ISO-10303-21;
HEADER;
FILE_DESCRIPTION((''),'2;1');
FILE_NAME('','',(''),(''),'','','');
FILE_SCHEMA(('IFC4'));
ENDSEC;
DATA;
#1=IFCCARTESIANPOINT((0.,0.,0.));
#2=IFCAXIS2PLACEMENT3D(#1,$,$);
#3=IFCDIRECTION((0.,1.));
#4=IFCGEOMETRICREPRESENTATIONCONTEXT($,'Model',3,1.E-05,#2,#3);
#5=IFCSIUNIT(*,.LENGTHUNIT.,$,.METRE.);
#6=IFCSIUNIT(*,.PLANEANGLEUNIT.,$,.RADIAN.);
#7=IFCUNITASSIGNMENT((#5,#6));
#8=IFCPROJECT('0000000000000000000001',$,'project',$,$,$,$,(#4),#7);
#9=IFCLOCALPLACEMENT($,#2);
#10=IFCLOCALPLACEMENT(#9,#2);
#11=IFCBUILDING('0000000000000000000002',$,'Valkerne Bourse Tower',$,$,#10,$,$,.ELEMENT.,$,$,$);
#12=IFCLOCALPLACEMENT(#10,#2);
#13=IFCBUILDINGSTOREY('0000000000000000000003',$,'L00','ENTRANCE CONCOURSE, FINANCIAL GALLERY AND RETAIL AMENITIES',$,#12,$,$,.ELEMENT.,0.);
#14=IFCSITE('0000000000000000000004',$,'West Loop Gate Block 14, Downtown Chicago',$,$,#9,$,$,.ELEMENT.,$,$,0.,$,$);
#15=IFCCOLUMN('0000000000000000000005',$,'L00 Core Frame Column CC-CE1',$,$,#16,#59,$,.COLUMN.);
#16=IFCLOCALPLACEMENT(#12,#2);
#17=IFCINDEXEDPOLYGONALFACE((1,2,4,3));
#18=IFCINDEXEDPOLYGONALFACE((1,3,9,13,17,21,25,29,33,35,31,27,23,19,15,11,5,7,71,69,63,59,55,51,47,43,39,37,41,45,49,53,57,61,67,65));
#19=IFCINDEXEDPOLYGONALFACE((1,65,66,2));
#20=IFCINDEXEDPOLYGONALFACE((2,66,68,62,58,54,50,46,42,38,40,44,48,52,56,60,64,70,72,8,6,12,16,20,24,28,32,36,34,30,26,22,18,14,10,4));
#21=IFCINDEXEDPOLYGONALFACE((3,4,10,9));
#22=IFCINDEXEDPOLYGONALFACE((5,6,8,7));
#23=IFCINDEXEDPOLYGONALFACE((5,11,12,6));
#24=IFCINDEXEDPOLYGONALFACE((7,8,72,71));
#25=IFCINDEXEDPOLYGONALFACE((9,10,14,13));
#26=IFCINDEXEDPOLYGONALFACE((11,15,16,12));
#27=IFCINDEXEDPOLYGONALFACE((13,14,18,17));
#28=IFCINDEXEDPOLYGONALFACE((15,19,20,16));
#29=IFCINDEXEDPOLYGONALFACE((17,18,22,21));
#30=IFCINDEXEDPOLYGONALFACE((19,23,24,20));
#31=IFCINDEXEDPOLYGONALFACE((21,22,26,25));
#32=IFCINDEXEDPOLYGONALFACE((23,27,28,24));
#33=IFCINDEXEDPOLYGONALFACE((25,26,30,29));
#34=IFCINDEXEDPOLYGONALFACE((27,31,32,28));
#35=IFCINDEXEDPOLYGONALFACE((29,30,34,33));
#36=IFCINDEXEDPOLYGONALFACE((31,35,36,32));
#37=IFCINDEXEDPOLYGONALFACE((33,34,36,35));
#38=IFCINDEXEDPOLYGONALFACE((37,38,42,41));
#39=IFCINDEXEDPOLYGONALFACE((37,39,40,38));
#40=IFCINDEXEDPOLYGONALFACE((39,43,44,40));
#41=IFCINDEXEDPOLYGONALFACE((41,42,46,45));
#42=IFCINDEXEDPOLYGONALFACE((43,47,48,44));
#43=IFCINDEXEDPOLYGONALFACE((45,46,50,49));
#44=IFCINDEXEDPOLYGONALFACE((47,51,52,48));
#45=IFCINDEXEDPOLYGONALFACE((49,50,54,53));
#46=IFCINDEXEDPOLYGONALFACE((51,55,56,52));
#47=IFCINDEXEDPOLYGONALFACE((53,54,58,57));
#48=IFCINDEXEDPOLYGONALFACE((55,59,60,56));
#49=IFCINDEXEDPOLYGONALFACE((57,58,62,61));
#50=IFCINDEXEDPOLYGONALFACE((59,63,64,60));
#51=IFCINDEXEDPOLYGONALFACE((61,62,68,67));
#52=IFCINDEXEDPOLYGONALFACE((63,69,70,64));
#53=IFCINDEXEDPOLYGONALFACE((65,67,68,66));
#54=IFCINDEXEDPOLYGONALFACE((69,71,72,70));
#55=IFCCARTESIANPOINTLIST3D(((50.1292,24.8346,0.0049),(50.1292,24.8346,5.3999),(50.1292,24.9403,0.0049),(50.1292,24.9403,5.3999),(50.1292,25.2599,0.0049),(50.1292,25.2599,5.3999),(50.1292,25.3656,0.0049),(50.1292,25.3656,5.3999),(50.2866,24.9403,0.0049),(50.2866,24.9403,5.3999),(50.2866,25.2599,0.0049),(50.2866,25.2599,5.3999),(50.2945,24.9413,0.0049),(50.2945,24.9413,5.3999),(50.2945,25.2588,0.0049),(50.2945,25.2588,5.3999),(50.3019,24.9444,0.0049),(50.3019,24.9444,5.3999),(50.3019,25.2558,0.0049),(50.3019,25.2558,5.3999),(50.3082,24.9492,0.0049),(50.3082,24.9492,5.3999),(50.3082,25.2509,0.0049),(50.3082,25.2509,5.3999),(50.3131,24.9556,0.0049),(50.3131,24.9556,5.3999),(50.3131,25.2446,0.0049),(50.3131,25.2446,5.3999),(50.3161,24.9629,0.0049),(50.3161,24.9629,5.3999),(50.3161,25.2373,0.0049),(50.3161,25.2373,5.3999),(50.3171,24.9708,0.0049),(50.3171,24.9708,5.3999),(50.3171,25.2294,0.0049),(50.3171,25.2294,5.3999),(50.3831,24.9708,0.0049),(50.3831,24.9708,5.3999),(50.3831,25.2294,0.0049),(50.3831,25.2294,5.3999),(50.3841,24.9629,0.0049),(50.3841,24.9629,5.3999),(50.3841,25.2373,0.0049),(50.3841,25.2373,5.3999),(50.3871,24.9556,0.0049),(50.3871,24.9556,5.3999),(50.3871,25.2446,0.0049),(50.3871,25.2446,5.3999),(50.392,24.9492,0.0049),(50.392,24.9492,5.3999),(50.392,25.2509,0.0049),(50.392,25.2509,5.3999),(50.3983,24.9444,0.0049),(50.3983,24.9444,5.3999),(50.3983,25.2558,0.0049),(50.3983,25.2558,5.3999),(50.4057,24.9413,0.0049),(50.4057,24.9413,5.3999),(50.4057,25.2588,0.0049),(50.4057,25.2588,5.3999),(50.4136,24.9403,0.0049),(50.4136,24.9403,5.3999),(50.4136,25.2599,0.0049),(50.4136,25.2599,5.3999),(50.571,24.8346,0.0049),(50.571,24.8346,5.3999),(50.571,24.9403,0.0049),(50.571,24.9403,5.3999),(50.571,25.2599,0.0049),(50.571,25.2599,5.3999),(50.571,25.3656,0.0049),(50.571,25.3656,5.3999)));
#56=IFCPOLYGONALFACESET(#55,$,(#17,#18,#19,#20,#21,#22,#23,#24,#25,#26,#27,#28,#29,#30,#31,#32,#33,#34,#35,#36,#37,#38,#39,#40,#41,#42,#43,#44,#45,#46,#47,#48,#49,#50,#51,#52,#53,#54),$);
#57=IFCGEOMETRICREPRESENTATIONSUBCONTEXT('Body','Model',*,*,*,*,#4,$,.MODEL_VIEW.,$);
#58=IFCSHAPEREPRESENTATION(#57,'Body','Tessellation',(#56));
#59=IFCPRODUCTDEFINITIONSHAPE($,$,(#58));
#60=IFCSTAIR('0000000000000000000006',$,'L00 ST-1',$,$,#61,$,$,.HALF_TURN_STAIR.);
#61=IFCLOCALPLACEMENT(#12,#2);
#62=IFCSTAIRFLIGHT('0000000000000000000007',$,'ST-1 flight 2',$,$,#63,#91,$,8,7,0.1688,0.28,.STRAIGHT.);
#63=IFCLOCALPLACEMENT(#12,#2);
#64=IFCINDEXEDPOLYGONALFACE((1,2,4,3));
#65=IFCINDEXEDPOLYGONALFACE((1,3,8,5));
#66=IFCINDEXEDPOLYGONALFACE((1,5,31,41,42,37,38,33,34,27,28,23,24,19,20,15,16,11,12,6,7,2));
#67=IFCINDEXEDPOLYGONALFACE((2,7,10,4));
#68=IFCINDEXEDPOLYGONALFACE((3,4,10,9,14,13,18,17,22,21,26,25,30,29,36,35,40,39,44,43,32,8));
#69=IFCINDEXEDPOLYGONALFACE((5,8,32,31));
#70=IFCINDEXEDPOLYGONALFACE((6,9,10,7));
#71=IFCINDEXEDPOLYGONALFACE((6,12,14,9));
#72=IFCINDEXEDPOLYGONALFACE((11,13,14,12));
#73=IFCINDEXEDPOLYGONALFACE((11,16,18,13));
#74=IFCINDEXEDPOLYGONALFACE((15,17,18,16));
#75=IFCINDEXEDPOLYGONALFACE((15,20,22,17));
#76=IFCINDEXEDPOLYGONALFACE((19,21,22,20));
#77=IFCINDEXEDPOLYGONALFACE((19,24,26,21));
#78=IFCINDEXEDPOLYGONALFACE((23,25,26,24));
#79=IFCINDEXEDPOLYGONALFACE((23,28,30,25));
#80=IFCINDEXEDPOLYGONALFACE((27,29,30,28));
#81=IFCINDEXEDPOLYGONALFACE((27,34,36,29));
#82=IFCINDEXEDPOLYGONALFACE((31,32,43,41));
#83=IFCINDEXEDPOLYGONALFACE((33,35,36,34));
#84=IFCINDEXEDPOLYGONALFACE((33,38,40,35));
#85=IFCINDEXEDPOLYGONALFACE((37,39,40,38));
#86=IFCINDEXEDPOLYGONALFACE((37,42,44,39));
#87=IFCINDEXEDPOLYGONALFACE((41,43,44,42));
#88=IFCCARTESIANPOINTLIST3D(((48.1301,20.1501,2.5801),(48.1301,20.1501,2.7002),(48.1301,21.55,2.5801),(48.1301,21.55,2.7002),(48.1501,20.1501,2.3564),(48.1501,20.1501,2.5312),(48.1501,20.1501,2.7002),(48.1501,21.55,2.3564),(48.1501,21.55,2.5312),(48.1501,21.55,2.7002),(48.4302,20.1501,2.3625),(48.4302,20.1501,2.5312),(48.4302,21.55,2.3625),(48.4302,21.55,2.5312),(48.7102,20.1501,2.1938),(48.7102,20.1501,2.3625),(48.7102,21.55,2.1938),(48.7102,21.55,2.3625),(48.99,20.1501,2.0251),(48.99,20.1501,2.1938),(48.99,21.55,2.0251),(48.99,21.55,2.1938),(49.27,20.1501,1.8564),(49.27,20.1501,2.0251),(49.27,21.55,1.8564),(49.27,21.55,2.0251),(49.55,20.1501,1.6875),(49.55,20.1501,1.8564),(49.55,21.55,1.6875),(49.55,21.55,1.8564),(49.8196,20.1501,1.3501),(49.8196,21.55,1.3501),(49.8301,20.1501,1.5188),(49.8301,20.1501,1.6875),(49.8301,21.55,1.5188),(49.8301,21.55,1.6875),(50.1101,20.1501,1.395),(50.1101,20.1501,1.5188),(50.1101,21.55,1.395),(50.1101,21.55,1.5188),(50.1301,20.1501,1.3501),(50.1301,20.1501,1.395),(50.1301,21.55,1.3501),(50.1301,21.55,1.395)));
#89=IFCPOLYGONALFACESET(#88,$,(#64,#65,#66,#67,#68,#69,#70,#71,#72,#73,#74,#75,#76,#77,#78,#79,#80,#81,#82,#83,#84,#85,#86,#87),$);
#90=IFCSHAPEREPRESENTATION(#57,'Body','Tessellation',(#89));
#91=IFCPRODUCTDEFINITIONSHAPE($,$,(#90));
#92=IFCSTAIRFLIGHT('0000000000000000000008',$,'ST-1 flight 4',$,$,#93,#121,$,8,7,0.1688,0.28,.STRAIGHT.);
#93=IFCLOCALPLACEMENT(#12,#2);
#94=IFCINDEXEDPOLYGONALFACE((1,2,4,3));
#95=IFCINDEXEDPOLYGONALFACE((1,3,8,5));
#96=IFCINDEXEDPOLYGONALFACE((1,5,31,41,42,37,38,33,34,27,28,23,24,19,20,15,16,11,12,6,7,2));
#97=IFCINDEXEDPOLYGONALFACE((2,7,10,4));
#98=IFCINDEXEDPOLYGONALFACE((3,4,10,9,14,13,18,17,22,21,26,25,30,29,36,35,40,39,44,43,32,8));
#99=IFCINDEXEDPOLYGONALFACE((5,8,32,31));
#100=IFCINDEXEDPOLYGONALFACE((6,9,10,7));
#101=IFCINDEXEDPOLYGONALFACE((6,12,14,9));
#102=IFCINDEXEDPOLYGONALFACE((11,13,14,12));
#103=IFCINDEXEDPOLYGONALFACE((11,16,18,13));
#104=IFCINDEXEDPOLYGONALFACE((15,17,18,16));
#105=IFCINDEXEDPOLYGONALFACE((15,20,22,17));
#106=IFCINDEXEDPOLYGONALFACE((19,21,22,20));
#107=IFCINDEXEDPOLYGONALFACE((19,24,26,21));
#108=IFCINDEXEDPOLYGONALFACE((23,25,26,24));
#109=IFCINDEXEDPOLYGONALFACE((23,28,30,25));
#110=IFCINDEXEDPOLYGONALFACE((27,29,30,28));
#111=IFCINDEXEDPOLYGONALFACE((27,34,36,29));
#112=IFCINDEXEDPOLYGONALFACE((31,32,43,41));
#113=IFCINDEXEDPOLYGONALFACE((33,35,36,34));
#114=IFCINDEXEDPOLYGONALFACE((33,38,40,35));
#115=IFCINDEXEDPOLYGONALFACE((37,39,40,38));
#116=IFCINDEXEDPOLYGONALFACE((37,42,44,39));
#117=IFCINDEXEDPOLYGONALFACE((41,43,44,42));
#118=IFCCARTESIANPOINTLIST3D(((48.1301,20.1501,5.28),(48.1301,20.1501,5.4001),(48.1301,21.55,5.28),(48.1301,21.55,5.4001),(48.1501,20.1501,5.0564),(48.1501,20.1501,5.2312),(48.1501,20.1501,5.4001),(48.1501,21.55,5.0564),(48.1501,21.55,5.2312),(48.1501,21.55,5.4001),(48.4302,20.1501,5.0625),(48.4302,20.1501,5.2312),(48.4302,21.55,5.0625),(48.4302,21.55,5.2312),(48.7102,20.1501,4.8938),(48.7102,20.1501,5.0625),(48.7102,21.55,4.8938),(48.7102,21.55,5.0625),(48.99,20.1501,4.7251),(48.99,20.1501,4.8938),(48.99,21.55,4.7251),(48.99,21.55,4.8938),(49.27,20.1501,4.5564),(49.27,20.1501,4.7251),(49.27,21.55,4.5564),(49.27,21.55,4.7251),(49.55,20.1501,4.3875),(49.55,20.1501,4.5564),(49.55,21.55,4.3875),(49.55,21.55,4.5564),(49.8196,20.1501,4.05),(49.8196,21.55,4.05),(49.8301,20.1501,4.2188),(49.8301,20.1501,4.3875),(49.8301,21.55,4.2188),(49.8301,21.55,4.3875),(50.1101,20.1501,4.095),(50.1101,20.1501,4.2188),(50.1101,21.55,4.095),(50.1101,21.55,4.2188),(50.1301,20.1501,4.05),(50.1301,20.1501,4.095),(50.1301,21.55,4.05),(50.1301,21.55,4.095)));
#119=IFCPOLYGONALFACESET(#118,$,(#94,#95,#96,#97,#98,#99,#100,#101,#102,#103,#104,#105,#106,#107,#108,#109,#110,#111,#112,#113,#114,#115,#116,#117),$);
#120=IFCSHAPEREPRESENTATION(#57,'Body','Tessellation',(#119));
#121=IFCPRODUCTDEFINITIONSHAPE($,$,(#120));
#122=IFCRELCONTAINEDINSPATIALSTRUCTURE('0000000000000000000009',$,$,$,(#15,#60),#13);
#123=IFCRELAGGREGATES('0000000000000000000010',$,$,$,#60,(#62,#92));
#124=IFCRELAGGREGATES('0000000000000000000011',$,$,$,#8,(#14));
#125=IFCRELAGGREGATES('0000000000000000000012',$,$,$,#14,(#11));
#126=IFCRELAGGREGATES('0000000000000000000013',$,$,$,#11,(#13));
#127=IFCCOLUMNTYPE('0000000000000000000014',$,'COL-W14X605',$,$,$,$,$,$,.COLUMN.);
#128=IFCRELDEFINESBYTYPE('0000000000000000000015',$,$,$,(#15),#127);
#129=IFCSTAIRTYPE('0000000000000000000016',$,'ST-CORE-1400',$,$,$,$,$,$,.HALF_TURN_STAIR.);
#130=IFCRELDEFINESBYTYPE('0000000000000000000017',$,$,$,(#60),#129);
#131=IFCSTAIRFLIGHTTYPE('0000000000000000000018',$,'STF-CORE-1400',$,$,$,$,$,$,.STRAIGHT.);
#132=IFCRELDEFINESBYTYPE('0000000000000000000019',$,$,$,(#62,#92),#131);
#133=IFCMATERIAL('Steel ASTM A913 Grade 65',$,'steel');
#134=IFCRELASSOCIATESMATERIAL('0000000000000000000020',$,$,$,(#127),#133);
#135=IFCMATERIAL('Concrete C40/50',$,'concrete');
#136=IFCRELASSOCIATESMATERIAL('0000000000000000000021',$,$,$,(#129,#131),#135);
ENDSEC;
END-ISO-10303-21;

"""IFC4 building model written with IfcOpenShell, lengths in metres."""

from ifc_helpers import new_model, si_unit, direction, frame, origin, origin_2d, place, context, subcontext, project, spatial, polyline, i_section, outline, extrude, material, material_profile, profile_set, type_object, element, aggregate, save


model = new_model("IFC4")

# Units and contexts
model_context = context("Model", 3, precision=1e-05, world=origin(), true_north=direction((0.0, 1.0)))
body_context = subcontext(model_context, "Body", "Model", "MODEL_VIEW")
ifc_project = project(units=[si_unit("LENGTHUNIT", "METRE"), si_unit("PLANEANGLEUNIT", "RADIAN")], contexts=[model_context])

# Site, building, storey
site_placement = place(None, origin())
site = spatial("IfcSite", under=ifc_project, at=site_placement, Name="West Loop Gate Block 14, Downtown Chicago", CompositionType="ELEMENT", RefElevation=0.0)
building_placement = place(site_placement, origin())
building = spatial("IfcBuilding", under=site, at=building_placement, Name="Valkerne Bourse Tower", CompositionType="ELEMENT")
storey_placement = place(building_placement, origin())
storey = spatial("IfcBuildingStorey", under=building, at=storey_placement, Name="L00", Description="ENTRANCE CONCOURSE, FINANCIAL GALLERY AND RETAIL AMENITIES", CompositionType="ELEMENT", Elevation=0.0)

# Column
ifc_material_1 = material(Name="Steel ASTM A913 Grade 65", Category="steel")
ifc_material_profile = material_profile(ifc_material_1, i_section(OverallWidth=0.4419, OverallDepth=0.531, WebThickness=0.0659, FlangeThickness=0.1057, FilletRadius=0.0305, at=origin_2d()), Name="W14X605")
ifc_profile_set = profile_set([ifc_material_profile], Name="Steel ASTM A913 Grade 65")
column_type = type_object("IfcColumnType", Name="COL-W14X605", PredefinedType="COLUMN", material=ifc_profile_set)
column_placement = place(storey_placement, frame((50.3501, 25.1001, 0.0049), z_axis=(0.0, 0.0, 1.0), x_axis=(1.0, 0.0, 0.0)))
element("IfcColumn", 1, at=column_placement, inside=storey, type_object=column_type, Name="L00 Core Frame Column CC-CE1", PredefinedType="COLUMN", context=body_context, shape_type="SweptSolid", body=[
    extrude(i_section(OverallWidth=0.4419, OverallDepth=0.531, WebThickness=0.0659, FlangeThickness=0.1057, FilletRadius=0.0305, at=origin_2d()), origin(), (0.0, 0.0, 1.0), 5.395),
])

# Stair, stair flights
ifc_material_2 = material(Name="Concrete C40/50", Category="concrete")
stair_type = type_object("IfcStairType", Name="ST-CORE-1400", PredefinedType="HALF_TURN_STAIR", material=ifc_material_2)
stair_placement = place(storey_placement, origin())
stair = element("IfcStair", 2, at=stair_placement, inside=storey, type_object=stair_type, Name="L00 ST-1", PredefinedType="HALF_TURN_STAIR")
stair_flight_type = type_object("IfcStairFlightType", Name="STF-CORE-1400", PredefinedType="STRAIGHT", material=ifc_material_2)
stair_flight_1_placement = place(storey_placement, frame((50.1101, 20.8501, 1.3501), z_axis=(0.0, 0.0, 1.0), x_axis=(-1.0, 0.0, 0.0)))
stair_flight_1 = element("IfcStairFlight", 3, at=stair_flight_1_placement, type_object=stair_flight_type, Name="ST-1 flight 2", NumberOfRisers=8, NumberOfTreads=7, PredefinedType="STRAIGHT", RiserHeight=0.1688, TreadLength=0.28, context=body_context, shape_type="SweptSolid", body=[
    extrude(outline(polyline([(-0.02, 0.0), (-0.02, 0.0449), (0.0, 0.0449), (0.0, 0.1687), (0.28, 0.1687), (0.28, 0.3374), (0.5601, 0.3374), (0.5601, 0.5063), (0.8401, 0.5063), (0.8401, 0.675), (1.1201, 0.675), (1.1201, 0.8438), (1.3999, 0.8438), (1.3999, 1.0125), (1.6799, 1.0125), (1.6799, 1.1812), (1.96, 1.1812), (1.96, 1.3501), (1.98, 1.3501), (1.98, 1.23), (1.96, 1.0063), (0.2905, 0.0), (-0.02, 0.0)])), frame((0.0, 0.7, 0.0), z_axis=(0.0, -1.0, 0.0), x_axis=(1.0, 0.0, 0.0)), (0.0, 0.0, 1.0), 1.3999),
])
stair_flight_2_placement = place(storey_placement, frame((50.1101, 20.8501, 4.05), z_axis=(0.0, 0.0, 1.0), x_axis=(-1.0, 0.0, 0.0)))
stair_flight_2 = element("IfcStairFlight", 4, at=stair_flight_2_placement, type_object=stair_flight_type, Name="ST-1 flight 4", NumberOfRisers=8, NumberOfTreads=7, PredefinedType="STRAIGHT", RiserHeight=0.1688, TreadLength=0.28, context=body_context, shape_type="SweptSolid", body=[
    extrude(outline(polyline([(-0.02, 0.0), (-0.02, 0.0449), (0.0, 0.0449), (0.0, 0.1687), (0.28, 0.1687), (0.28, 0.3374), (0.5601, 0.3374), (0.5601, 0.5063), (0.8401, 0.5063), (0.8401, 0.675), (1.1201, 0.675), (1.1201, 0.8438), (1.3999, 0.8438), (1.3999, 1.0125), (1.6799, 1.0125), (1.6799, 1.1812), (1.96, 1.1812), (1.96, 1.3501), (1.98, 1.3501), (1.98, 1.23), (1.96, 1.0063), (0.2905, 0.0), (-0.02, 0.0)])), frame((0.0, 0.7, 0.0), z_axis=(0.0, -1.0, 0.0), x_axis=(1.0, 0.0, 0.0)), (0.0, 0.0, 1.0), 1.3999),
])
aggregate(stair, [stair_flight_1, stair_flight_2])

save(model, "model.ifc")
